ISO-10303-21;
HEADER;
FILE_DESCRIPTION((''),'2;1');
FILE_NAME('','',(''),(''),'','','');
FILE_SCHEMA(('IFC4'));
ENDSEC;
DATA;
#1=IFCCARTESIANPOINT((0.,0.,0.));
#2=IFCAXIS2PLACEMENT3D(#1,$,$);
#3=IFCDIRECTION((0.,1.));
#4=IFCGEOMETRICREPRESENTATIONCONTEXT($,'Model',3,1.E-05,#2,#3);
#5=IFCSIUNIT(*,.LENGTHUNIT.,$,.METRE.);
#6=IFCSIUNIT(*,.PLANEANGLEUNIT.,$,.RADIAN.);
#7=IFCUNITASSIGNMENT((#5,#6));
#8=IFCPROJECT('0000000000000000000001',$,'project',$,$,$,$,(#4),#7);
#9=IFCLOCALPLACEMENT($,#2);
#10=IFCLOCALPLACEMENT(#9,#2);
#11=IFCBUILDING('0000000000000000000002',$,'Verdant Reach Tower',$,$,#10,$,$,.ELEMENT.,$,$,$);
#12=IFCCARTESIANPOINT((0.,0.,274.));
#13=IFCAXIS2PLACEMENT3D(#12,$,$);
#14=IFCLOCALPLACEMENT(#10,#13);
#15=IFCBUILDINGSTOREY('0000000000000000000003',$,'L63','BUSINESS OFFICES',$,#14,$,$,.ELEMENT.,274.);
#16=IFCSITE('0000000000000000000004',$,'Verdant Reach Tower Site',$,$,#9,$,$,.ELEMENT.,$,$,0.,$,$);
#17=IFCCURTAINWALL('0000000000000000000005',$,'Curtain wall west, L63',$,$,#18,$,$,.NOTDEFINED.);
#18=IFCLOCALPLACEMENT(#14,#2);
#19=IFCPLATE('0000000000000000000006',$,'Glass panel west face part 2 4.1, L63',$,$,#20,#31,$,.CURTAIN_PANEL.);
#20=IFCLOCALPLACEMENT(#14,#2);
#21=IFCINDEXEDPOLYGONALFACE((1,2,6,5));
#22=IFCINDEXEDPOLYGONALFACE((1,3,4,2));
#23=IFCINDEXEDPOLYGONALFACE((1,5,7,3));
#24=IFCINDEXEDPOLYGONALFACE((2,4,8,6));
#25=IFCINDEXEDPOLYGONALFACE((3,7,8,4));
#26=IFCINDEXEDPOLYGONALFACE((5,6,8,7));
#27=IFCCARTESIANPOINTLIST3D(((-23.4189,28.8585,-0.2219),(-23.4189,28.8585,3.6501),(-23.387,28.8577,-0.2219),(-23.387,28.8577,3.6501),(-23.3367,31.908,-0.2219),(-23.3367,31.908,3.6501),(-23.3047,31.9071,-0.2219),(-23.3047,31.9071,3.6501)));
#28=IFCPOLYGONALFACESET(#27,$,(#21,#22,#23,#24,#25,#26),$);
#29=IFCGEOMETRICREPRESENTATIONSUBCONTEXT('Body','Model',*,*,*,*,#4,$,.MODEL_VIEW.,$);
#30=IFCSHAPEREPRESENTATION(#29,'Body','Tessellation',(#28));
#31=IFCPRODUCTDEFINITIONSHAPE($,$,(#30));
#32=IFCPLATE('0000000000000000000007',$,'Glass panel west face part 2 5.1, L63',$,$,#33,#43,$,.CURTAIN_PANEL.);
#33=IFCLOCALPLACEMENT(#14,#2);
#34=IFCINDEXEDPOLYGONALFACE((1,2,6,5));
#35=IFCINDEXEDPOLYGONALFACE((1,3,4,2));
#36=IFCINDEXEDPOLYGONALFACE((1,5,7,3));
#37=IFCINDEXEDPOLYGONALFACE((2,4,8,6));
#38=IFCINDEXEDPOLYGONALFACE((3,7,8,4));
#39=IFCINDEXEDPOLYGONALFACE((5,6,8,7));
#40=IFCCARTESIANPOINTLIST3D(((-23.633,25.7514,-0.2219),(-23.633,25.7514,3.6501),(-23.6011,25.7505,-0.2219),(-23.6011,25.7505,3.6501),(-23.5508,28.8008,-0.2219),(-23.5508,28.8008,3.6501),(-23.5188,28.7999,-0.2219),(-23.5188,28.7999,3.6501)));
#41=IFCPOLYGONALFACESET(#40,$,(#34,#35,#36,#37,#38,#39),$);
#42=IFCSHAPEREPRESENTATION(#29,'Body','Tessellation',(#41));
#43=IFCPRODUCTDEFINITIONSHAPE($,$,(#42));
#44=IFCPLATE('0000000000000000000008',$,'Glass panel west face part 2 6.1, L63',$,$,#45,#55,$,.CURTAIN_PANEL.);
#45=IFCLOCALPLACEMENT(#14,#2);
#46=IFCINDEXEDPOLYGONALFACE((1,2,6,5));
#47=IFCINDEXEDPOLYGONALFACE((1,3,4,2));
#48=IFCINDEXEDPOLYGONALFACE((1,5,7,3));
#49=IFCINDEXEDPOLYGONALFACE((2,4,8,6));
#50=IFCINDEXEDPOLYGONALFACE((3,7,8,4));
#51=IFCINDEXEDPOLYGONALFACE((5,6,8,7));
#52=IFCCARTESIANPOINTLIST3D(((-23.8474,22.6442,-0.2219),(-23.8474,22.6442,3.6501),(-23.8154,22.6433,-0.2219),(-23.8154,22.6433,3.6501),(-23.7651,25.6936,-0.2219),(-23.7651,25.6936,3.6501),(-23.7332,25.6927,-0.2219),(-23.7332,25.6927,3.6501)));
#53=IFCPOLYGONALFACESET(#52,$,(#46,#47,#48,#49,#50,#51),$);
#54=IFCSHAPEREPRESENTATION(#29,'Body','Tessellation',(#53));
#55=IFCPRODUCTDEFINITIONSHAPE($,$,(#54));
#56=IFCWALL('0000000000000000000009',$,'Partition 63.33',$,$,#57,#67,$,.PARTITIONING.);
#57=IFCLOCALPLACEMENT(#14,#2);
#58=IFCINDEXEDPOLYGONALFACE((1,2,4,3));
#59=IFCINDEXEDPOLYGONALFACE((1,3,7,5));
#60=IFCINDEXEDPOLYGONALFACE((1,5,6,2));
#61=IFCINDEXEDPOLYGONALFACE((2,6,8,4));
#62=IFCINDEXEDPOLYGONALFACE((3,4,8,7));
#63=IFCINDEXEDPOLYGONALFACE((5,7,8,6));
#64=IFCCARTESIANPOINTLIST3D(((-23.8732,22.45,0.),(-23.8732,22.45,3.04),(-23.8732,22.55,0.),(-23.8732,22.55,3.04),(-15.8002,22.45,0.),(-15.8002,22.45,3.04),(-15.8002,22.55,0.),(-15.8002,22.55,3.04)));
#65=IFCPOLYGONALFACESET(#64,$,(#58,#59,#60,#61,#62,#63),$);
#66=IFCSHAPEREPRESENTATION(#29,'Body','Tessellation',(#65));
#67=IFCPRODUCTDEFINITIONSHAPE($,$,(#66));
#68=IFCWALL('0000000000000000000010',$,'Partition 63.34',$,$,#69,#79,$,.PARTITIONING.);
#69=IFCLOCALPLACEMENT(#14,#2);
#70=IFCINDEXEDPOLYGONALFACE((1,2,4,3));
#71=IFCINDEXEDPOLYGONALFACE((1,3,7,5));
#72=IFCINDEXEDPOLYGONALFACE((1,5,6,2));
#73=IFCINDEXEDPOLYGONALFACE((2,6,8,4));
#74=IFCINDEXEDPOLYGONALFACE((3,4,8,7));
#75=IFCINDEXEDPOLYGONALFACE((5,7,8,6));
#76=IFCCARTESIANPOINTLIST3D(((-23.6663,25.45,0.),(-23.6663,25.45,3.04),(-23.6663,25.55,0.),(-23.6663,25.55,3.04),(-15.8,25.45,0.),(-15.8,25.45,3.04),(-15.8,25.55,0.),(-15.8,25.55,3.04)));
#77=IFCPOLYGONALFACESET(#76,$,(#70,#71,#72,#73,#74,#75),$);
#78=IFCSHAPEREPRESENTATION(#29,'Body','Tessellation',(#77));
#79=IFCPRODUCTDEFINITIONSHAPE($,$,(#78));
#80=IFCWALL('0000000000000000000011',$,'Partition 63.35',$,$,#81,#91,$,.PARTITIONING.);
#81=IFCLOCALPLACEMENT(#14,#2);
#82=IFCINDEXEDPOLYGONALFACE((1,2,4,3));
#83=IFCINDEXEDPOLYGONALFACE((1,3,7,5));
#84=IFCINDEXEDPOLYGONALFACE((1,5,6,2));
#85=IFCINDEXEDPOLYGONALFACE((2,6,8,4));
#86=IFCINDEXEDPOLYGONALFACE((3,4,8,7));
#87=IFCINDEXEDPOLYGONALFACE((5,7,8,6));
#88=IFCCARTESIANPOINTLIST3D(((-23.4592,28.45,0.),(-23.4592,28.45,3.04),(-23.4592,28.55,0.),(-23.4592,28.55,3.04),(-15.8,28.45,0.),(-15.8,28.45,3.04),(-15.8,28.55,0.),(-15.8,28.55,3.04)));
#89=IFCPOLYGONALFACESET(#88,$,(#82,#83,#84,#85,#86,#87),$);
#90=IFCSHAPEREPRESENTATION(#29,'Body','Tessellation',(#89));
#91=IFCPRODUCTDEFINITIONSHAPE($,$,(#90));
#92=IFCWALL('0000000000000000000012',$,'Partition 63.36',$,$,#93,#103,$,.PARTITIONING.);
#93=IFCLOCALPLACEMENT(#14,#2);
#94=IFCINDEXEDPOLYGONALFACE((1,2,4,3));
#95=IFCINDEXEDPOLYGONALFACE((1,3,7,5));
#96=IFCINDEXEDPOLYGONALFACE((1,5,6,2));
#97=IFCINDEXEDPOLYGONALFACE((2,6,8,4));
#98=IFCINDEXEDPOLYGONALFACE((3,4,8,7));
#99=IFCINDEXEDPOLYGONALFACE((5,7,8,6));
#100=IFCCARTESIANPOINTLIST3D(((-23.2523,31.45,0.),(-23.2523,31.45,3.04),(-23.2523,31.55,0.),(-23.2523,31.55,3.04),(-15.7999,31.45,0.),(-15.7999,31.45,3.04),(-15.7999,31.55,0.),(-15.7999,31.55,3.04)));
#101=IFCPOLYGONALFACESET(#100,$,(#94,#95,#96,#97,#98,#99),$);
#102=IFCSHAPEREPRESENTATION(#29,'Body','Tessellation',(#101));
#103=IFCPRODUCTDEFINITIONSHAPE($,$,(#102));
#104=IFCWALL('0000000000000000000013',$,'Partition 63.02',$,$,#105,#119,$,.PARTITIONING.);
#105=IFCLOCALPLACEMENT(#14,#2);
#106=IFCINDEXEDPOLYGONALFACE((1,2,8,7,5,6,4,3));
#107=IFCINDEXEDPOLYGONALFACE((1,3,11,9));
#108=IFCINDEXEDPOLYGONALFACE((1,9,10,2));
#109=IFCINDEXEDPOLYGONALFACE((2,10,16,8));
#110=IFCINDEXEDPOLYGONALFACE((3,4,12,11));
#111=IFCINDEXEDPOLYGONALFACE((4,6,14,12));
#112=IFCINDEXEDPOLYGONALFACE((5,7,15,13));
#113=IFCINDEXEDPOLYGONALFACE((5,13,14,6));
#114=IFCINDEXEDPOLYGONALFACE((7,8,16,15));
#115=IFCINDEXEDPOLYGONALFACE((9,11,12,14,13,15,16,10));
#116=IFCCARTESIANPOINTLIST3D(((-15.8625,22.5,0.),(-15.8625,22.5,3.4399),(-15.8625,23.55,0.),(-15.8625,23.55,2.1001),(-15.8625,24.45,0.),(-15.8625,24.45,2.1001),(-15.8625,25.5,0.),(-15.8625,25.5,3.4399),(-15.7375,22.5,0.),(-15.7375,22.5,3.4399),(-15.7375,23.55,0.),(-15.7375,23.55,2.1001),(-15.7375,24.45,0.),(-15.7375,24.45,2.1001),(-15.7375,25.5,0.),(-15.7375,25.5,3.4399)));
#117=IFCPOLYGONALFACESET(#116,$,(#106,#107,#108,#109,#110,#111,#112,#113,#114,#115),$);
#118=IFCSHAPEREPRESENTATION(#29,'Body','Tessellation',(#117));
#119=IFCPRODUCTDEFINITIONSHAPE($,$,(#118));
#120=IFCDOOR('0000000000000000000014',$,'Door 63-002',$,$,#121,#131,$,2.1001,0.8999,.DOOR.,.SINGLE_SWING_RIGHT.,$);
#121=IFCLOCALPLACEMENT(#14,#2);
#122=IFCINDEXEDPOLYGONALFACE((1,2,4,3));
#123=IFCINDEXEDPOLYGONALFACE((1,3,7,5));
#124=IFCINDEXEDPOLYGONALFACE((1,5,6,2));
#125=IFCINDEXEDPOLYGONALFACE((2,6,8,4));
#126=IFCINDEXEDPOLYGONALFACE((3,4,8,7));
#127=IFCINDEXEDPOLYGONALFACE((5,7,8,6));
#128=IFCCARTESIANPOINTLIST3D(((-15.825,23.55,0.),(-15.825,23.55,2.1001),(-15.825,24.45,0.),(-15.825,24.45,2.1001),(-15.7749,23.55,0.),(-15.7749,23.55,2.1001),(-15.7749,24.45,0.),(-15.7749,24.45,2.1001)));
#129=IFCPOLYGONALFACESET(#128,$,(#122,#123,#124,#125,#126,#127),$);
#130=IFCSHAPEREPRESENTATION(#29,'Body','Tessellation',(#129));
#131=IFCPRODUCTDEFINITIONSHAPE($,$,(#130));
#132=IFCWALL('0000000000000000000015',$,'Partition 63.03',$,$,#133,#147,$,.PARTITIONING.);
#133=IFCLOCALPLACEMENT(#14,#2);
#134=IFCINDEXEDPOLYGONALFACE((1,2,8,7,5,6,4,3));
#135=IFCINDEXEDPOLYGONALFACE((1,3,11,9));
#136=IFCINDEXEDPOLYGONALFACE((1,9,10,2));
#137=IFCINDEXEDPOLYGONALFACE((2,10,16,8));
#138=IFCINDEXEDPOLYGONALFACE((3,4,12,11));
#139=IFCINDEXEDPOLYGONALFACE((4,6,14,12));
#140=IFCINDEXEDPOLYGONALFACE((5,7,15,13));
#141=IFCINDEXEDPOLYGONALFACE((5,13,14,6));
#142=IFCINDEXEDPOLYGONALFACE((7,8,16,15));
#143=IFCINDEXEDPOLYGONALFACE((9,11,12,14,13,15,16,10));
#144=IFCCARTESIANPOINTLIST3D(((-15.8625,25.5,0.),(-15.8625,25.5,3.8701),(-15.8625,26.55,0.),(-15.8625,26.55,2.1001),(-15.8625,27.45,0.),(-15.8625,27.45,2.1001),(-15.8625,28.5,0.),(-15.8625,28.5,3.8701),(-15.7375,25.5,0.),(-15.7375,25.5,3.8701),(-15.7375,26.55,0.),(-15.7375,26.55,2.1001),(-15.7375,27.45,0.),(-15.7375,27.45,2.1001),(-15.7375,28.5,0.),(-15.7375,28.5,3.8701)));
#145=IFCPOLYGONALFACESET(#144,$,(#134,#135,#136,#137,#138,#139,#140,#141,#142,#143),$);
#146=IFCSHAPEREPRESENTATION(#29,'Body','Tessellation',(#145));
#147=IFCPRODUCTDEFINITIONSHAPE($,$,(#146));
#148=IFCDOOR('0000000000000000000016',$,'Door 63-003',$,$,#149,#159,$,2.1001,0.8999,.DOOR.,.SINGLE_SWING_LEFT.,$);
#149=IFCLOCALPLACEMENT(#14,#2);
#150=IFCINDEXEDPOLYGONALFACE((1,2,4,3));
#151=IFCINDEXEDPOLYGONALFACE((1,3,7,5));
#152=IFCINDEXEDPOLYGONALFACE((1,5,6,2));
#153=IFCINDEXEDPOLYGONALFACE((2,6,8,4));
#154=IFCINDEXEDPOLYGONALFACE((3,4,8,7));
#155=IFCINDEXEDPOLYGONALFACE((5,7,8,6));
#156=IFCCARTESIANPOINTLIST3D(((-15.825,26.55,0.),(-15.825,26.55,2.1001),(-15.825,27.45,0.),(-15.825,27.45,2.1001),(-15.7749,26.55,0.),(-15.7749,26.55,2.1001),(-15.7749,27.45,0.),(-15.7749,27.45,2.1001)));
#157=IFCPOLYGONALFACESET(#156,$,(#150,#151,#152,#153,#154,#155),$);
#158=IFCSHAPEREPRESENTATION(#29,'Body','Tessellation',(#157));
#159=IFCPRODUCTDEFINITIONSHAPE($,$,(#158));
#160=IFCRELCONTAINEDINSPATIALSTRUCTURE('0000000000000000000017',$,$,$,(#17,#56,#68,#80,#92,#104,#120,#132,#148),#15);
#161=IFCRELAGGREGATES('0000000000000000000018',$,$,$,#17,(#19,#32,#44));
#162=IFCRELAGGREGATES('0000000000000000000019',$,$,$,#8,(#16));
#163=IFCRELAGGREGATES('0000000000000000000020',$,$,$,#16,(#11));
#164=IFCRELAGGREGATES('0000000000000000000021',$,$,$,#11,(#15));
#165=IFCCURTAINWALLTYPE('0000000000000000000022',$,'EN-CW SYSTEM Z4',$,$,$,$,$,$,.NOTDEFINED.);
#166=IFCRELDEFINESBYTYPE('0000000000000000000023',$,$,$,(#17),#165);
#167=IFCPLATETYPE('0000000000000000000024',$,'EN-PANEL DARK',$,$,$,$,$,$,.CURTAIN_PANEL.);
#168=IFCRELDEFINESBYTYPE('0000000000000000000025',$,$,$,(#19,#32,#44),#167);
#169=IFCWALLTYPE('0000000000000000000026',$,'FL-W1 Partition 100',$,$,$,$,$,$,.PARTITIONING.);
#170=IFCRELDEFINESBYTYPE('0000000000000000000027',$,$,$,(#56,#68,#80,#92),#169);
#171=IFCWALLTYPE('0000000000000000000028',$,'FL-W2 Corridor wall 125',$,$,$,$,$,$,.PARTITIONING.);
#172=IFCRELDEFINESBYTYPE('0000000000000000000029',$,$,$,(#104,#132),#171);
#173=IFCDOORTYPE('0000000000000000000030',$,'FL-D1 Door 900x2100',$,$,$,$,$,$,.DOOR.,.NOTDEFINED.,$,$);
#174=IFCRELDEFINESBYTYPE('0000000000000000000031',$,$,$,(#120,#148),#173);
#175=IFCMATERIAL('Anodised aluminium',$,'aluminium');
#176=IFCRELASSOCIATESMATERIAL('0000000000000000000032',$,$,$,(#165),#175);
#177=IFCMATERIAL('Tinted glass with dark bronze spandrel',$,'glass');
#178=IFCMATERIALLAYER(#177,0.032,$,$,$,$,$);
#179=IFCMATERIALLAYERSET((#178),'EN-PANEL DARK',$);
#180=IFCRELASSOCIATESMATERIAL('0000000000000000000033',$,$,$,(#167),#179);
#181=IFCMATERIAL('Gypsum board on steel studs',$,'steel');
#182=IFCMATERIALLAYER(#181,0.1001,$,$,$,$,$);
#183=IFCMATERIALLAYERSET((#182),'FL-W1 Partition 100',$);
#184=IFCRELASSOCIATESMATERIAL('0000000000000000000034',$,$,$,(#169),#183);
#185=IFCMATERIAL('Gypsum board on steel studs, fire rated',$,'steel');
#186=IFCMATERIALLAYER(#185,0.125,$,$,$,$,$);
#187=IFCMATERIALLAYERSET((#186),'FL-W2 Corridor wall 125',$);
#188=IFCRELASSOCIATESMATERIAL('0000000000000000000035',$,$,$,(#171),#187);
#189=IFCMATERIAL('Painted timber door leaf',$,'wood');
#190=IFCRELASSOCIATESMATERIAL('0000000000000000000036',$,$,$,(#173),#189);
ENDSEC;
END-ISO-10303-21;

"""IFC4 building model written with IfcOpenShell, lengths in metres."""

from ifc_helpers import new_model, si_unit, direction, frame, frame_2d, origin, origin_2d, place, context, subcontext, project, spatial, rectangle, extrude, material, layer, layer_set, type_object, element, fill, aggregate, save


model = new_model("IFC4")

# Units and contexts
model_context = context("Model", 3, precision=1e-05, world=origin(), true_north=direction((0.0, 1.0)))
body_context = subcontext(model_context, "Body", "Model", "MODEL_VIEW")
ifc_project = project(units=[si_unit("LENGTHUNIT", "METRE"), si_unit("PLANEANGLEUNIT", "RADIAN")], contexts=[model_context])

# Site, building, storey
site_placement = place(None, origin())
site = spatial("IfcSite", under=ifc_project, at=site_placement, Name="Verdant Reach Tower Site", CompositionType="ELEMENT", RefElevation=0.0)
building_placement = place(site_placement, origin())
building = spatial("IfcBuilding", under=site, at=building_placement, Name="Verdant Reach Tower", CompositionType="ELEMENT")
storey_placement = place(building_placement, frame((0.0, 0.0, 274.0)))
storey = spatial("IfcBuildingStorey", under=building, at=storey_placement, Name="L63", Description="BUSINESS OFFICES", CompositionType="ELEMENT", Elevation=274.0)

# Curtain wall
ifc_material_1 = material(Name="Anodised aluminium", Category="aluminium")
curtain_wall_type = type_object("IfcCurtainWallType", Name="EN-CW SYSTEM Z4", PredefinedType="NOTDEFINED", material=ifc_material_1)
curtain_wall_placement = place(storey_placement, origin())
curtain_wall = element("IfcCurtainWall", 1, at=curtain_wall_placement, inside=storey, type_object=curtain_wall_type, Name="Curtain wall west, L63", PredefinedType="NOTDEFINED")

# Plates
ifc_material_2 = material(Name="Tinted glass with dark bronze spandrel", Category="glass")
ifc_layer_1 = layer(ifc_material_2, 0.032)
ifc_layer_set_1 = layer_set([ifc_layer_1], Name="EN-PANEL DARK")
plate_type_1 = type_object("IfcPlateType", Name="EN-PANEL DARK", PredefinedType="CURTAIN_PANEL", material=ifc_layer_set_1)
plate_1_placement = place(storey_placement, frame((-23.3618, 30.3828, -0.2219), z_axis=(0.0, 0.0, 1.0), x_axis=(-0.026965, -0.999636, 0.0)))
plate_1 = element("IfcPlate", 2, at=plate_1_placement, type_object=plate_type_1, Name="Glass panel west face part 2 4.1, L63", PredefinedType="CURTAIN_PANEL", context=body_context, shape_type="SweptSolid", body=[
    extrude(rectangle(XDim=3.0505, YDim=0.032, at=origin_2d()), origin(), (0.0, 0.0, 1.0), 3.8721),
])
plate_2_placement = place(storey_placement, frame((-23.5759, 27.2756, -0.2219), z_axis=(0.0, 0.0, 1.0), x_axis=(-0.026965, -0.999636, 0.0)))
plate_2 = element("IfcPlate", 3, at=plate_2_placement, type_object=plate_type_1, Name="Glass panel west face part 2 5.1, L63", PredefinedType="CURTAIN_PANEL", context=body_context, shape_type="SweptSolid", body=[
    extrude(rectangle(XDim=3.0505, YDim=0.032, at=origin_2d()), origin(), (0.0, 0.0, 1.0), 3.8721),
])
plate_3_placement = place(storey_placement, frame((-23.7903, 24.1685, -0.2219), z_axis=(0.0, 0.0, 1.0), x_axis=(-0.026965, -0.999636, 0.0)))
plate_3 = element("IfcPlate", 4, at=plate_3_placement, type_object=plate_type_1, Name="Glass panel west face part 2 6.1, L63", PredefinedType="CURTAIN_PANEL", context=body_context, shape_type="SweptSolid", body=[
    extrude(rectangle(XDim=3.0505, YDim=0.032, at=origin_2d()), origin(), (0.0, 0.0, 1.0), 3.8721),
])
aggregate(curtain_wall, [plate_1, plate_2, plate_3])

# Walls
ifc_material_3 = material(Name="Gypsum board on steel studs", Category="steel")
ifc_layer_2 = layer(ifc_material_3, 0.1001)
ifc_layer_set_2 = layer_set([ifc_layer_2], Name="FL-W1 Partition 100")
wall_type_1 = type_object("IfcWallType", Name="FL-W1 Partition 100", PredefinedType="PARTITIONING", material=ifc_layer_set_2)
wall_1_placement = place(storey_placement, frame((-15.8, 22.5, 0.0), z_axis=(0.0, 0.0, 1.0), x_axis=(-1.0, 0.0, 0.0)))
element("IfcWall", 5, at=wall_1_placement, inside=storey, type_object=wall_type_1, Name="Partition 63.33", PredefinedType="PARTITIONING", context=body_context, shape_type="SweptSolid", body=[
    extrude(rectangle(XDim=8.073, YDim=0.1001, at=frame_2d((4.0366, 0.0))), origin(), (0.0, 0.0, 1.0), 3.04),
])
wall_2_placement = place(storey_placement, frame((-15.8, 25.5, 0.0), z_axis=(0.0, 0.0, 1.0), x_axis=(-1.0, 0.0, 0.0)))
element("IfcWall", 6, at=wall_2_placement, inside=storey, type_object=wall_type_1, Name="Partition 63.34", PredefinedType="PARTITIONING", context=body_context, shape_type="SweptSolid", body=[
    extrude(rectangle(XDim=7.8662, YDim=0.1001, at=frame_2d((3.9331, 0.0))), origin(), (0.0, 0.0, 1.0), 3.04),
])
wall_3_placement = place(storey_placement, frame((-15.8, 28.5, 0.0), z_axis=(0.0, 0.0, 1.0), x_axis=(-1.0, 0.0, 0.0)))
element("IfcWall", 7, at=wall_3_placement, inside=storey, type_object=wall_type_1, Name="Partition 63.35", PredefinedType="PARTITIONING", context=body_context, shape_type="SweptSolid", body=[
    extrude(rectangle(XDim=7.6592, YDim=0.1001, at=frame_2d((3.8296, 0.0))), origin(), (0.0, 0.0, 1.0), 3.04),
])
wall_4_placement = place(storey_placement, frame((-15.8, 31.5, 0.0), z_axis=(0.0, 0.0, 1.0), x_axis=(-1.0, 0.0, 0.0)))
element("IfcWall", 8, at=wall_4_placement, inside=storey, type_object=wall_type_1, Name="Partition 63.36", PredefinedType="PARTITIONING", context=body_context, shape_type="SweptSolid", body=[
    extrude(rectangle(XDim=7.4524, YDim=0.1001, at=frame_2d((3.7261, 0.0))), origin(), (0.0, 0.0, 1.0), 3.04),
])

# Walls, openings, doors
ifc_material_4 = material(Name="Gypsum board on steel studs, fire rated", Category="steel")
ifc_layer_3 = layer(ifc_material_4, 0.125)
ifc_layer_set_3 = layer_set([ifc_layer_3], Name="FL-W2 Corridor wall 125")
wall_type_2 = type_object("IfcWallType", Name="FL-W2 Corridor wall 125", PredefinedType="PARTITIONING", material=ifc_layer_set_3)
wall_5_placement = place(storey_placement, frame((-15.8, 22.5, 0.0), z_axis=(0.0, 0.0, 1.0), x_axis=(0.0, 1.0, 0.0)))
wall_5 = element("IfcWall", 9, at=wall_5_placement, inside=storey, type_object=wall_type_2, Name="Partition 63.02", PredefinedType="PARTITIONING", context=body_context, shape_type="SweptSolid", body=[
    extrude(rectangle(XDim=3.0, YDim=0.125, at=frame_2d((1.5, 0.0))), origin(), (0.0, 0.0, 1.0), 3.4399),
])
opening_1_placement = place(wall_5_placement, frame((1.05, 0.0, 0.0)))
opening_1 = element("IfcOpeningElement", 10, at=opening_1_placement, cuts=wall_5, PredefinedType="OPENING", context=body_context, shape_type="SweptSolid", body=[
    extrude(rectangle(XDim=0.8999, YDim=2.1001, at=frame_2d((0.45, 1.05))), frame((0.0, 0.0725, 0.0), z_axis=(0.0, -1.0, 0.0), x_axis=(1.0, 0.0, 0.0)), (0.0, 0.0, 1.0), 0.145),
])
ifc_material_5 = material(Name="Painted timber door leaf", Category="wood")
door_type_1 = type_object("IfcDoorType", Name="FL-D1 Door 900x2100", OperationType="NOTDEFINED", PredefinedType="DOOR", material=ifc_material_5)
door_1_placement = place(opening_1_placement, origin())
door_1 = element("IfcDoor", 11, at=door_1_placement, inside=storey, type_object=door_type_1, Name="Door 63-002", OperationType="SINGLE_SWING_RIGHT", OverallHeight=2.1001, OverallWidth=0.8999, PredefinedType="DOOR", context=body_context, shape_type="SweptSolid", body=[
    extrude(rectangle(XDim=0.8999, YDim=2.1001, at=frame_2d((0.45, 1.05))), frame((0.0, 0.0249, 0.0), z_axis=(0.0, -1.0, 0.0), x_axis=(1.0, 0.0, 0.0)), (0.0, 0.0, 1.0), 0.05),
])
fill(opening_1, door_1)
wall_6_placement = place(storey_placement, frame((-15.8, 25.5, 0.0), z_axis=(0.0, 0.0, 1.0), x_axis=(0.0, 1.0, 0.0)))
wall_6 = element("IfcWall", 12, at=wall_6_placement, inside=storey, type_object=wall_type_2, Name="Partition 63.03", PredefinedType="PARTITIONING", context=body_context, shape_type="SweptSolid", body=[
    extrude(rectangle(XDim=3.0, YDim=0.125, at=frame_2d((1.5, 0.0))), origin(), (0.0, 0.0, 1.0), 3.8701),
])
opening_2_placement = place(wall_6_placement, frame((1.05, 0.0, 0.0)))
opening_2 = element("IfcOpeningElement", 13, at=opening_2_placement, cuts=wall_6, PredefinedType="OPENING", context=body_context, shape_type="SweptSolid", body=[
    extrude(rectangle(XDim=0.8999, YDim=2.1001, at=frame_2d((0.45, 1.05))), frame((0.0, 0.0725, 0.0), z_axis=(0.0, -1.0, 0.0), x_axis=(1.0, 0.0, 0.0)), (0.0, 0.0, 1.0), 0.145),
])
door_2_placement = place(opening_2_placement, origin())
door_2 = element("IfcDoor", 14, at=door_2_placement, inside=storey, type_object=door_type_1, Name="Door 63-003", OperationType="SINGLE_SWING_LEFT", OverallHeight=2.1001, OverallWidth=0.8999, PredefinedType="DOOR", context=body_context, shape_type="SweptSolid", body=[
    extrude(rectangle(XDim=0.8999, YDim=2.1001, at=frame_2d((0.45, 1.05))), frame((0.0, 0.0249, 0.0), z_axis=(0.0, -1.0, 0.0), x_axis=(1.0, 0.0, 0.0)), (0.0, 0.0, 1.0), 0.05),
])
fill(opening_2, door_2)

save(model, "model.ifc")
